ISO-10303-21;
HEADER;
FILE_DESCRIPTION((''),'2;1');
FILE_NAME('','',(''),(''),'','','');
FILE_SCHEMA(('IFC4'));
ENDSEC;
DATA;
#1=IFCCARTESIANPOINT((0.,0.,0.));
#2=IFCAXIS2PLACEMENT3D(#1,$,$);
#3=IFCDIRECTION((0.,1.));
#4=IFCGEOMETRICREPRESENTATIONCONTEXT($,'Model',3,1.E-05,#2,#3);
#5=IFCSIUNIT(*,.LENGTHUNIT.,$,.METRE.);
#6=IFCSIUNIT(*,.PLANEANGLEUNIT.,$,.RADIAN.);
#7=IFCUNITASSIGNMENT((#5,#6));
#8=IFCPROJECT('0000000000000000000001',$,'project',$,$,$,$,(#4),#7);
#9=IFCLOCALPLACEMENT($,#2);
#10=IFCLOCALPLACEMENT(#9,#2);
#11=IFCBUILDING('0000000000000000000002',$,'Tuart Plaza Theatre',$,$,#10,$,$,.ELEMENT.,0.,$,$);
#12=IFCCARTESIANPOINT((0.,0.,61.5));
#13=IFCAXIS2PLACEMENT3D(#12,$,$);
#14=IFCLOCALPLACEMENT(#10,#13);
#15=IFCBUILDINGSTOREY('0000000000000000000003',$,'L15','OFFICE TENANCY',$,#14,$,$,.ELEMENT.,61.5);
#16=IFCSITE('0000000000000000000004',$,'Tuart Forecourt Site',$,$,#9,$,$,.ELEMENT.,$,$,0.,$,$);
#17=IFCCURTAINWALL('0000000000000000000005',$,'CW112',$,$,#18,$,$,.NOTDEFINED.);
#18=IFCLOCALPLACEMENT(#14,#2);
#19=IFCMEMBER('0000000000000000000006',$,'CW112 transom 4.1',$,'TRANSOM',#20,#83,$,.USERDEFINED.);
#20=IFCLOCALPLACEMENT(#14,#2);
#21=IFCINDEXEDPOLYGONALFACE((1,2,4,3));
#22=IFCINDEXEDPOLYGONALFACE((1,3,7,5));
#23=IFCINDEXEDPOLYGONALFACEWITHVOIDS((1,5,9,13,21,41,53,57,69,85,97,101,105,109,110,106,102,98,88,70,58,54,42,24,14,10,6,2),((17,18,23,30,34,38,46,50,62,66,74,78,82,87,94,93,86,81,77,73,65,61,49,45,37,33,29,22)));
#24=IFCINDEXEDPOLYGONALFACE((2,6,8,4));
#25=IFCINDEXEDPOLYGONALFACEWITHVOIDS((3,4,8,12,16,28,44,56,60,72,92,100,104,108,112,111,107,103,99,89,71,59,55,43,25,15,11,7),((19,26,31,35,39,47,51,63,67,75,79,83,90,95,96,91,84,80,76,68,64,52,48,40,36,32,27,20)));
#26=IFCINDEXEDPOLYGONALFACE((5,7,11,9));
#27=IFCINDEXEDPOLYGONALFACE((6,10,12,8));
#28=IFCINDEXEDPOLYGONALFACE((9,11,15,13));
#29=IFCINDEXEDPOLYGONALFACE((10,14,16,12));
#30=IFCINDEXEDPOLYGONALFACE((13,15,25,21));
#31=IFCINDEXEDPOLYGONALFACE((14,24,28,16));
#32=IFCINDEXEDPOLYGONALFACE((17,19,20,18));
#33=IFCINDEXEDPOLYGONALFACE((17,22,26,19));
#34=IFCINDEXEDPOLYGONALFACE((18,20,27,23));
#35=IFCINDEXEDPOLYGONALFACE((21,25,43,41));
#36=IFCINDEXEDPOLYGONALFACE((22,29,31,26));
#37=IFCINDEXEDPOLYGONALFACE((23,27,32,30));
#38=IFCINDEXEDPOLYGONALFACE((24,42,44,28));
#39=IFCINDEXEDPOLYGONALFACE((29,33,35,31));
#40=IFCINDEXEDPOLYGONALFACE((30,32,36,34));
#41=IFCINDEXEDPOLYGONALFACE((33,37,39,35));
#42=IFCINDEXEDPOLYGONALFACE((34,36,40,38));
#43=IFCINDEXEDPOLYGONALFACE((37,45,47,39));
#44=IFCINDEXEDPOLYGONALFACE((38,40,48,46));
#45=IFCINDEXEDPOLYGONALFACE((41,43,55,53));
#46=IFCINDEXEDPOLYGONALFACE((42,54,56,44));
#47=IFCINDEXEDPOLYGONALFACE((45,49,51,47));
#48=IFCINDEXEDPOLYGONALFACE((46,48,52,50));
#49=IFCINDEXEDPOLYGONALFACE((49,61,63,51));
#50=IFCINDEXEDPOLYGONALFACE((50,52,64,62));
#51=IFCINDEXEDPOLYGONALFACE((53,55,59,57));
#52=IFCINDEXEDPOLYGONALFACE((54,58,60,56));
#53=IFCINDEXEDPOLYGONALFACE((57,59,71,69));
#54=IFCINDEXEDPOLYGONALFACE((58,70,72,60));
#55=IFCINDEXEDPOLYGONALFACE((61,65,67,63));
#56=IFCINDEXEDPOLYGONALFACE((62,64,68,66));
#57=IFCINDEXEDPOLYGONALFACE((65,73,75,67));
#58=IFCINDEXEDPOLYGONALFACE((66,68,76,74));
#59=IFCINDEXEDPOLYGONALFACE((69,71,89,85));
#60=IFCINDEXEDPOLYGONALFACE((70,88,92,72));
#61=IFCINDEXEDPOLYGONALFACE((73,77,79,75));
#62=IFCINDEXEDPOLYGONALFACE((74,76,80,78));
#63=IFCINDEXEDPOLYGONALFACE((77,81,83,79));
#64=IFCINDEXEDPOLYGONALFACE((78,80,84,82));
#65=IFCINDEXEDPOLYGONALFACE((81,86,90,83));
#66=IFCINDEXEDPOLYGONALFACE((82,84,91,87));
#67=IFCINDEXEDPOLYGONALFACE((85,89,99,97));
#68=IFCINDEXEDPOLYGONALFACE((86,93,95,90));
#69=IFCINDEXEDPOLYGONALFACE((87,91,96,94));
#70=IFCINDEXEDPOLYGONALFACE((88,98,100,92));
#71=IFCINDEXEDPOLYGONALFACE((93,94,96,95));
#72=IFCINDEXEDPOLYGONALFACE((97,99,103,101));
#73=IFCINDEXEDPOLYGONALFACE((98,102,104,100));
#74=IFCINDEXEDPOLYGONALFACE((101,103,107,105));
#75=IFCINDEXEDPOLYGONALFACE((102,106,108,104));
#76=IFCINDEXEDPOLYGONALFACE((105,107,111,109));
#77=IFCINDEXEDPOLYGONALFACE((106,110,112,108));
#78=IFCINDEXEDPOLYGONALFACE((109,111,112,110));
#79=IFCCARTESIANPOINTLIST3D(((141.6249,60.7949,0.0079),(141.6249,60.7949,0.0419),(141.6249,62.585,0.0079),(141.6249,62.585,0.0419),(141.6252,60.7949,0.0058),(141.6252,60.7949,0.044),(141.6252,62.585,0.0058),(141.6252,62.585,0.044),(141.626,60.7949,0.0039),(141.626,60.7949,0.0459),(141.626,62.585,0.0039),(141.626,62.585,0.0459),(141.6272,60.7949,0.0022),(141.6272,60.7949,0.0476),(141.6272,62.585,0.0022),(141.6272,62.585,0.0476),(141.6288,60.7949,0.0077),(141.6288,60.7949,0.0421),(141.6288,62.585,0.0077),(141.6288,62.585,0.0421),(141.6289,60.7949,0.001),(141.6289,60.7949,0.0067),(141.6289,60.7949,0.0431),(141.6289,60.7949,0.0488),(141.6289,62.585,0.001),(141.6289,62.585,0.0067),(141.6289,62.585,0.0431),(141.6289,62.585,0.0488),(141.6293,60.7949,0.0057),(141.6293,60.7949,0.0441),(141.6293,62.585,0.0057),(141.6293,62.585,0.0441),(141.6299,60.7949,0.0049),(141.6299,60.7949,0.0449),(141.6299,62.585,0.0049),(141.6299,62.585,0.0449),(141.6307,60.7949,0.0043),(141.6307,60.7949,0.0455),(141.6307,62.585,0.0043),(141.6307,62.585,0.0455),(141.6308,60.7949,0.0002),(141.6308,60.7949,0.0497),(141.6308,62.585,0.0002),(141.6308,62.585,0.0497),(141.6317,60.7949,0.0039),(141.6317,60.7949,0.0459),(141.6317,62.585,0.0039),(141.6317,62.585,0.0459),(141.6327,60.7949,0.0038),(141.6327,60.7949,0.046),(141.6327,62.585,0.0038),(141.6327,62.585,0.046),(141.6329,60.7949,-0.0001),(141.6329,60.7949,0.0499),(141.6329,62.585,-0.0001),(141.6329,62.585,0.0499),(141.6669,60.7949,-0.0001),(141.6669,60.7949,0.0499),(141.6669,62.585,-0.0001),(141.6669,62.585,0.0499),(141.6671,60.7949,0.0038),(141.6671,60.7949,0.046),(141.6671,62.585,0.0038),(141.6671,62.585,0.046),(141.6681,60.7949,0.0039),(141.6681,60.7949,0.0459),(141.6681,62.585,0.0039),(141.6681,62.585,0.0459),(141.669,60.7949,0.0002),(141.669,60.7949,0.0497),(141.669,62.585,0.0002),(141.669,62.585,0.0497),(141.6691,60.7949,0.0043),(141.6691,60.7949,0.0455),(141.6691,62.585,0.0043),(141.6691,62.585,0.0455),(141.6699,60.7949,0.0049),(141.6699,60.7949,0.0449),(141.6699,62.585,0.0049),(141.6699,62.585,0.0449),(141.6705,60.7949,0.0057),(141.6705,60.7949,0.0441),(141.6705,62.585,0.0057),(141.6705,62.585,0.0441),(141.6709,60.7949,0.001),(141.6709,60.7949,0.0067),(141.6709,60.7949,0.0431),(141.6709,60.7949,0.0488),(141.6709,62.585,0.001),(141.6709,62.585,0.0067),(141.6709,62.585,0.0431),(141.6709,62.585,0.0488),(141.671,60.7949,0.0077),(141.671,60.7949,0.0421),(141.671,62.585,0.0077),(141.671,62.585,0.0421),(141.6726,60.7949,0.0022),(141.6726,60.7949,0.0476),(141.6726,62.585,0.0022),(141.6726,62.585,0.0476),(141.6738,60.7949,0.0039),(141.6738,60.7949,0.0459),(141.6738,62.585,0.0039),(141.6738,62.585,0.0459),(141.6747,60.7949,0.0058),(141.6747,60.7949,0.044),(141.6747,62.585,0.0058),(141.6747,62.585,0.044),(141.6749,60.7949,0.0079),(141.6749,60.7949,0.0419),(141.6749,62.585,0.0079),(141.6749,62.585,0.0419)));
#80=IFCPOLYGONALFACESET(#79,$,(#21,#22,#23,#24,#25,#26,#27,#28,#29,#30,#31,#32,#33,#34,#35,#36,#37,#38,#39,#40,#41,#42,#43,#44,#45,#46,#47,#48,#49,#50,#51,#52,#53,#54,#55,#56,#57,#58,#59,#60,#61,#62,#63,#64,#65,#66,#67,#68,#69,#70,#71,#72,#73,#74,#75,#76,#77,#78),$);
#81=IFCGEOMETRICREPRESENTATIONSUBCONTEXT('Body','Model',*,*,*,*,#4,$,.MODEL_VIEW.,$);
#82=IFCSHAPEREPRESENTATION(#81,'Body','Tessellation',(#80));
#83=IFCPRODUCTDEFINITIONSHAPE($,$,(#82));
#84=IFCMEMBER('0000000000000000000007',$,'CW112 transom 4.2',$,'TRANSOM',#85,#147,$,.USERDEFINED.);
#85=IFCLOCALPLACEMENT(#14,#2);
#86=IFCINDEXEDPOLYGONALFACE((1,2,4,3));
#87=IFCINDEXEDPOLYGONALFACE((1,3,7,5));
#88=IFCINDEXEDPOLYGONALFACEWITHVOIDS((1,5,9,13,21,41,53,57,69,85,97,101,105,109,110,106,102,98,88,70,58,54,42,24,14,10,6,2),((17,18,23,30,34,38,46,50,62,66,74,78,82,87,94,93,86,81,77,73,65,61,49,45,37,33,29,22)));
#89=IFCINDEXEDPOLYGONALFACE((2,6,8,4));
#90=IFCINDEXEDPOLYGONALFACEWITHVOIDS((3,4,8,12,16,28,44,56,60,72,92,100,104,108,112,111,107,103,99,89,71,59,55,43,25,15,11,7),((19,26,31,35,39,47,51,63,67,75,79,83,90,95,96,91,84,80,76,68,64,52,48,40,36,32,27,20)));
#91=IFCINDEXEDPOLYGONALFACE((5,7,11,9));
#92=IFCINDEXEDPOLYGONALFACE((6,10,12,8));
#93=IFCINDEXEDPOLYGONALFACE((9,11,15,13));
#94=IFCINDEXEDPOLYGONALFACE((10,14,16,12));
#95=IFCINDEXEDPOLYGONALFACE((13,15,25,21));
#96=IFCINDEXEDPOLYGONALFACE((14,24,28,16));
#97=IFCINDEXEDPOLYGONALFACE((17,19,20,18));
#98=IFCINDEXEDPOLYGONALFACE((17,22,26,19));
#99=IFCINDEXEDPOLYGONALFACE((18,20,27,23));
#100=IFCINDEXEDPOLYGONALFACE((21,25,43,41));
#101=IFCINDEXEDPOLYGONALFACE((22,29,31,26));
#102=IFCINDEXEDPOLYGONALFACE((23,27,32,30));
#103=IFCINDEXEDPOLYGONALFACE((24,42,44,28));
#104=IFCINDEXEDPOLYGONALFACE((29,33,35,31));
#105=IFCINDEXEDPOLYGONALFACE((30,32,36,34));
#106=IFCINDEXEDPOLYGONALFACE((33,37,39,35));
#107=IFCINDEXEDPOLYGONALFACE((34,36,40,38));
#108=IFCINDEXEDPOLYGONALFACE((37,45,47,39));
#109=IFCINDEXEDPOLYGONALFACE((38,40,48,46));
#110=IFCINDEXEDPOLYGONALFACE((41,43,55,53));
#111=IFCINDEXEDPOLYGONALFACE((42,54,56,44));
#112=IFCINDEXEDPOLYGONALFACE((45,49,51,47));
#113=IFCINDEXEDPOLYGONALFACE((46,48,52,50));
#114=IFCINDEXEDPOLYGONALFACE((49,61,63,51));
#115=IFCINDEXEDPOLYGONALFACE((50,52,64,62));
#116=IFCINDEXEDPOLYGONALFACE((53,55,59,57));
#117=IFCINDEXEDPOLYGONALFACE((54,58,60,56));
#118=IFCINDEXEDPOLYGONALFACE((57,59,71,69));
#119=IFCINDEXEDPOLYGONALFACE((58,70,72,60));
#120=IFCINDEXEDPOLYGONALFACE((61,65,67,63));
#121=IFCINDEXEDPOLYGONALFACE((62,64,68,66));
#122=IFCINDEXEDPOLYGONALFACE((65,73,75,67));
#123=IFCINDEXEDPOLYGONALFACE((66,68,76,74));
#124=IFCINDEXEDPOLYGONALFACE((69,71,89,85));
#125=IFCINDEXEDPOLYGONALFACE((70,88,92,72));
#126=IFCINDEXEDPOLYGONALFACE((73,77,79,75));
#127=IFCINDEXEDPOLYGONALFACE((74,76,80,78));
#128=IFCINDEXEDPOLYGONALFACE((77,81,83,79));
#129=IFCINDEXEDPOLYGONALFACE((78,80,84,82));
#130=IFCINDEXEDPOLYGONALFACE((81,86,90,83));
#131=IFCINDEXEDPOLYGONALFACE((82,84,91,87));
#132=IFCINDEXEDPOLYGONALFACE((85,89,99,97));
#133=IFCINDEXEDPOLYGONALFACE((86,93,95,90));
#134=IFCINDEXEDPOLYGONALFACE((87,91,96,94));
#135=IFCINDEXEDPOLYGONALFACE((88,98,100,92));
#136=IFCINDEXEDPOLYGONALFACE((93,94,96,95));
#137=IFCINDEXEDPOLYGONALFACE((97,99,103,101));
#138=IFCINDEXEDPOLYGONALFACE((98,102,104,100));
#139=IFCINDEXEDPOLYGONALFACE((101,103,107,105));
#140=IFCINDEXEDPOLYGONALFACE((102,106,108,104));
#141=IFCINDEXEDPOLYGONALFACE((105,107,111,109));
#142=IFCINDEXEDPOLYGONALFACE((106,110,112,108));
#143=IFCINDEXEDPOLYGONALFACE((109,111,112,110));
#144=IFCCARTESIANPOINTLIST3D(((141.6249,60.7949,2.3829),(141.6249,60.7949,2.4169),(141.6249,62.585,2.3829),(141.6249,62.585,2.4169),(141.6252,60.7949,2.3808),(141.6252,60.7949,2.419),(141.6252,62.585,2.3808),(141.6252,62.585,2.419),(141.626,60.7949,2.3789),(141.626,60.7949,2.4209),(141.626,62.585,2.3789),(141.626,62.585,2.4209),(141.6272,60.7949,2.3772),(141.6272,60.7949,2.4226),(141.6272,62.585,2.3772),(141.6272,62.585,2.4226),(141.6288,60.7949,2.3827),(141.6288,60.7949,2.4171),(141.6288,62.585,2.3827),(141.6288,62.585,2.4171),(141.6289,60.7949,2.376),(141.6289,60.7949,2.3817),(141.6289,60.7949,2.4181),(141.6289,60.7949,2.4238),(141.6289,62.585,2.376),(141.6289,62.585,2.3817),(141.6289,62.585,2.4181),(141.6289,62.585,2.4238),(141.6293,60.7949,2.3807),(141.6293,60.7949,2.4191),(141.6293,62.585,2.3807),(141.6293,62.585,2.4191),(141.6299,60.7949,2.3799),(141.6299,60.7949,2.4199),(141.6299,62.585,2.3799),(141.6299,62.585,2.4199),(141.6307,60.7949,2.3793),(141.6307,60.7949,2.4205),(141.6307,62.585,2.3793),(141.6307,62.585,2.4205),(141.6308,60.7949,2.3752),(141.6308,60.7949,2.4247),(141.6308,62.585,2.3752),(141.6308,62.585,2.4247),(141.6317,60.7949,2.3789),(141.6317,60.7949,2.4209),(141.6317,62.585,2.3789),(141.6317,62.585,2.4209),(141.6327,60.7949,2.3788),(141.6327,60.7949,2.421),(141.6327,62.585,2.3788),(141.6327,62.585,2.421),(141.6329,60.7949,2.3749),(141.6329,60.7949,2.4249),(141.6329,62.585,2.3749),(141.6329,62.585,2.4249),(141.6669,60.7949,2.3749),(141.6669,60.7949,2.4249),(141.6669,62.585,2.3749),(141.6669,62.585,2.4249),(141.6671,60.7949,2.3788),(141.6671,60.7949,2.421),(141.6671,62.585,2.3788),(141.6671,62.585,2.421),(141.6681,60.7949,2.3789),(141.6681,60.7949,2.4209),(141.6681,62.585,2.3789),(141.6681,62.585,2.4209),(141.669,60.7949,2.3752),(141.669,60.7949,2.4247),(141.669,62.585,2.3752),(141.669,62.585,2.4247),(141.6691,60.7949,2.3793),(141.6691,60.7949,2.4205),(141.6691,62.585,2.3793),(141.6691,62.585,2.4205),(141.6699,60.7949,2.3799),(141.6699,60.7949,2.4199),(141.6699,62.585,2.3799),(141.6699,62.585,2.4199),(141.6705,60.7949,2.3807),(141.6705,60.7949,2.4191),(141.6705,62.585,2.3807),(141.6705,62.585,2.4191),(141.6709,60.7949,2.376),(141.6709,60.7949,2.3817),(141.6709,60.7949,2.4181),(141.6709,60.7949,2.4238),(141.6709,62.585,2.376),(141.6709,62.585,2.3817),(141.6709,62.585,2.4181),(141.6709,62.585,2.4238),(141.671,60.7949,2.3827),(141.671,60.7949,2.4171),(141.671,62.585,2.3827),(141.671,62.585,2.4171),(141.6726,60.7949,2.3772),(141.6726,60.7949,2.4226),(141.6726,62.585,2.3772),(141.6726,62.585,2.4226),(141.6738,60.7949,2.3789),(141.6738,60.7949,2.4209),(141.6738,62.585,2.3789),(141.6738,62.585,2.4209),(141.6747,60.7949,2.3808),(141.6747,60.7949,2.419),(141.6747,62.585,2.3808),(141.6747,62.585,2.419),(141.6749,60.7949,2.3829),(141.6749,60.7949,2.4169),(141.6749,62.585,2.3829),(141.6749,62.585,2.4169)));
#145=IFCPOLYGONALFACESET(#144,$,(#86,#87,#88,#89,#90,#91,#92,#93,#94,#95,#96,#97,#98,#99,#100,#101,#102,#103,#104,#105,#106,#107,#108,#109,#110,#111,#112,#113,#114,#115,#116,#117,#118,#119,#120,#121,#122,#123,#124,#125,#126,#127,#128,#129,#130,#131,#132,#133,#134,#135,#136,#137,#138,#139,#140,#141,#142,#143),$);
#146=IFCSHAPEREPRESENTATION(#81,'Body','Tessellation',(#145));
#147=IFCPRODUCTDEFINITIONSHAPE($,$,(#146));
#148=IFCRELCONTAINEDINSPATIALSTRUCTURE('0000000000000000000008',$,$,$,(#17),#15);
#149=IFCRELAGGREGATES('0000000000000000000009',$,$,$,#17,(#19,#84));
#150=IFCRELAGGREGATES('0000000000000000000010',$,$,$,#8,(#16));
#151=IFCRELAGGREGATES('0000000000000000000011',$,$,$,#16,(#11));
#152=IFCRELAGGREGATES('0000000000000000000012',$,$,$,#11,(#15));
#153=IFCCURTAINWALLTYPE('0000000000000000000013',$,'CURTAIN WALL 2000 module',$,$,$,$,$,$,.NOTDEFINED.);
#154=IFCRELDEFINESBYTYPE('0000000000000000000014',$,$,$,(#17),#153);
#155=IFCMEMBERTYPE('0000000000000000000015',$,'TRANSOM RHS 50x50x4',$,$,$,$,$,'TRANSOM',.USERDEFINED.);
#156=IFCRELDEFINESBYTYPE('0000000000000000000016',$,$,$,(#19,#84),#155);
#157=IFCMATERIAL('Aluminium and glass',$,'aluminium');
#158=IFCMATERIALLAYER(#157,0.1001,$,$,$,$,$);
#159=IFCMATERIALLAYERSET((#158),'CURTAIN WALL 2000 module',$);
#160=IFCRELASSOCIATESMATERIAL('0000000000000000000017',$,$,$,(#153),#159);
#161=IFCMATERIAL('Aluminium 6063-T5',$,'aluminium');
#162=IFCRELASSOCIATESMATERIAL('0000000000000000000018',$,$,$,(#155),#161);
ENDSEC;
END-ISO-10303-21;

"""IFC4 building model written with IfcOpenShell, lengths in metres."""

from ifc_helpers import new_model, si_unit, direction, frame, origin, origin_2d, place, context, subcontext, project, spatial, hollow_rectangle, extrude, material, layer, layer_set, material_profile, profile_set, type_object, element, aggregate, save


model = new_model("IFC4")

# Units and contexts
model_context = context("Model", 3, precision=1e-05, world=origin(), true_north=direction((0.0, 1.0)))
body_context = subcontext(model_context, "Body", "Model", "MODEL_VIEW")
ifc_project = project(units=[si_unit("LENGTHUNIT", "METRE"), si_unit("PLANEANGLEUNIT", "RADIAN")], contexts=[model_context])

# Site, building, storey
site_placement = place(None, origin())
site = spatial("IfcSite", under=ifc_project, at=site_placement, Name="Tuart Forecourt Site", CompositionType="ELEMENT", RefElevation=0.0)
building_placement = place(site_placement, origin())
building = spatial("IfcBuilding", under=site, at=building_placement, Name="Tuart Plaza Theatre", CompositionType="ELEMENT", ElevationOfRefHeight=0.0)
storey_placement = place(building_placement, frame((0.0, 0.0, 61.5)))
storey = spatial("IfcBuildingStorey", under=building, at=storey_placement, Name="L15", Description="OFFICE TENANCY", CompositionType="ELEMENT", Elevation=61.5)

# Curtain wall, members
ifc_material_1 = material(Name="Aluminium and glass", Category="aluminium")
ifc_layer_1 = layer(ifc_material_1, 0.1001)
ifc_layer_set_1 = layer_set([ifc_layer_1], Name="CURTAIN WALL 2000 module")
curtain_wall_type = type_object("IfcCurtainWallType", Name="CURTAIN WALL 2000 module", PredefinedType="NOTDEFINED", material=ifc_layer_set_1)
curtain_wall_placement = place(storey_placement, origin())
curtain_wall = element("IfcCurtainWall", 1, at=curtain_wall_placement, inside=storey, type_object=curtain_wall_type, Name="CW112", PredefinedType="NOTDEFINED")
ifc_material_2 = material(Name="Aluminium 6063-T5", Category="aluminium")
ifc_material_profile_1 = material_profile(ifc_material_2, hollow_rectangle(XDim=0.05, YDim=0.05, WallThickness=0.0039, InnerFilletRadius=0.0039, OuterFilletRadius=0.0081, at=origin_2d()), Name="RHS 50x50x4")
ifc_profile_set_1 = profile_set([ifc_material_profile_1], Name="Aluminium 6063-T5")
member_type_1 = type_object("IfcMemberType", Name="TRANSOM RHS 50x50x4", ElementType="TRANSOM", PredefinedType="USERDEFINED", material=ifc_profile_set_1)
member_1_placement = place(storey_placement, frame((141.6499, 60.7949, 0.0249), z_axis=(0.0, 1.0, 0.0), x_axis=(-1.0, 0.0, 0.0)))
member_1 = element("IfcMember", 2, at=member_1_placement, type_object=member_type_1, Name="CW112 transom 4.1", ObjectType="TRANSOM", PredefinedType="USERDEFINED", context=body_context, shape_type="SweptSolid", body=[
    extrude(hollow_rectangle(XDim=0.05, YDim=0.05, WallThickness=0.0039, InnerFilletRadius=0.0039, OuterFilletRadius=0.0081, at=origin_2d()), origin(), (0.0, 0.0, 1.0), 1.79),
])
member_2_placement = place(storey_placement, frame((141.6499, 60.7949, 2.3999), z_axis=(0.0, 1.0, 0.0), x_axis=(-1.0, 0.0, 0.0)))
member_2 = element("IfcMember", 3, at=member_2_placement, type_object=member_type_1, Name="CW112 transom 4.2", ObjectType="TRANSOM", PredefinedType="USERDEFINED", context=body_context, shape_type="SweptSolid", body=[
    extrude(hollow_rectangle(XDim=0.05, YDim=0.05, WallThickness=0.0039, InnerFilletRadius=0.0039, OuterFilletRadius=0.0081, at=origin_2d()), origin(), (0.0, 0.0, 1.0), 1.79),
])
aggregate(curtain_wall, [member_1, member_2])

save(model, "model.ifc")
